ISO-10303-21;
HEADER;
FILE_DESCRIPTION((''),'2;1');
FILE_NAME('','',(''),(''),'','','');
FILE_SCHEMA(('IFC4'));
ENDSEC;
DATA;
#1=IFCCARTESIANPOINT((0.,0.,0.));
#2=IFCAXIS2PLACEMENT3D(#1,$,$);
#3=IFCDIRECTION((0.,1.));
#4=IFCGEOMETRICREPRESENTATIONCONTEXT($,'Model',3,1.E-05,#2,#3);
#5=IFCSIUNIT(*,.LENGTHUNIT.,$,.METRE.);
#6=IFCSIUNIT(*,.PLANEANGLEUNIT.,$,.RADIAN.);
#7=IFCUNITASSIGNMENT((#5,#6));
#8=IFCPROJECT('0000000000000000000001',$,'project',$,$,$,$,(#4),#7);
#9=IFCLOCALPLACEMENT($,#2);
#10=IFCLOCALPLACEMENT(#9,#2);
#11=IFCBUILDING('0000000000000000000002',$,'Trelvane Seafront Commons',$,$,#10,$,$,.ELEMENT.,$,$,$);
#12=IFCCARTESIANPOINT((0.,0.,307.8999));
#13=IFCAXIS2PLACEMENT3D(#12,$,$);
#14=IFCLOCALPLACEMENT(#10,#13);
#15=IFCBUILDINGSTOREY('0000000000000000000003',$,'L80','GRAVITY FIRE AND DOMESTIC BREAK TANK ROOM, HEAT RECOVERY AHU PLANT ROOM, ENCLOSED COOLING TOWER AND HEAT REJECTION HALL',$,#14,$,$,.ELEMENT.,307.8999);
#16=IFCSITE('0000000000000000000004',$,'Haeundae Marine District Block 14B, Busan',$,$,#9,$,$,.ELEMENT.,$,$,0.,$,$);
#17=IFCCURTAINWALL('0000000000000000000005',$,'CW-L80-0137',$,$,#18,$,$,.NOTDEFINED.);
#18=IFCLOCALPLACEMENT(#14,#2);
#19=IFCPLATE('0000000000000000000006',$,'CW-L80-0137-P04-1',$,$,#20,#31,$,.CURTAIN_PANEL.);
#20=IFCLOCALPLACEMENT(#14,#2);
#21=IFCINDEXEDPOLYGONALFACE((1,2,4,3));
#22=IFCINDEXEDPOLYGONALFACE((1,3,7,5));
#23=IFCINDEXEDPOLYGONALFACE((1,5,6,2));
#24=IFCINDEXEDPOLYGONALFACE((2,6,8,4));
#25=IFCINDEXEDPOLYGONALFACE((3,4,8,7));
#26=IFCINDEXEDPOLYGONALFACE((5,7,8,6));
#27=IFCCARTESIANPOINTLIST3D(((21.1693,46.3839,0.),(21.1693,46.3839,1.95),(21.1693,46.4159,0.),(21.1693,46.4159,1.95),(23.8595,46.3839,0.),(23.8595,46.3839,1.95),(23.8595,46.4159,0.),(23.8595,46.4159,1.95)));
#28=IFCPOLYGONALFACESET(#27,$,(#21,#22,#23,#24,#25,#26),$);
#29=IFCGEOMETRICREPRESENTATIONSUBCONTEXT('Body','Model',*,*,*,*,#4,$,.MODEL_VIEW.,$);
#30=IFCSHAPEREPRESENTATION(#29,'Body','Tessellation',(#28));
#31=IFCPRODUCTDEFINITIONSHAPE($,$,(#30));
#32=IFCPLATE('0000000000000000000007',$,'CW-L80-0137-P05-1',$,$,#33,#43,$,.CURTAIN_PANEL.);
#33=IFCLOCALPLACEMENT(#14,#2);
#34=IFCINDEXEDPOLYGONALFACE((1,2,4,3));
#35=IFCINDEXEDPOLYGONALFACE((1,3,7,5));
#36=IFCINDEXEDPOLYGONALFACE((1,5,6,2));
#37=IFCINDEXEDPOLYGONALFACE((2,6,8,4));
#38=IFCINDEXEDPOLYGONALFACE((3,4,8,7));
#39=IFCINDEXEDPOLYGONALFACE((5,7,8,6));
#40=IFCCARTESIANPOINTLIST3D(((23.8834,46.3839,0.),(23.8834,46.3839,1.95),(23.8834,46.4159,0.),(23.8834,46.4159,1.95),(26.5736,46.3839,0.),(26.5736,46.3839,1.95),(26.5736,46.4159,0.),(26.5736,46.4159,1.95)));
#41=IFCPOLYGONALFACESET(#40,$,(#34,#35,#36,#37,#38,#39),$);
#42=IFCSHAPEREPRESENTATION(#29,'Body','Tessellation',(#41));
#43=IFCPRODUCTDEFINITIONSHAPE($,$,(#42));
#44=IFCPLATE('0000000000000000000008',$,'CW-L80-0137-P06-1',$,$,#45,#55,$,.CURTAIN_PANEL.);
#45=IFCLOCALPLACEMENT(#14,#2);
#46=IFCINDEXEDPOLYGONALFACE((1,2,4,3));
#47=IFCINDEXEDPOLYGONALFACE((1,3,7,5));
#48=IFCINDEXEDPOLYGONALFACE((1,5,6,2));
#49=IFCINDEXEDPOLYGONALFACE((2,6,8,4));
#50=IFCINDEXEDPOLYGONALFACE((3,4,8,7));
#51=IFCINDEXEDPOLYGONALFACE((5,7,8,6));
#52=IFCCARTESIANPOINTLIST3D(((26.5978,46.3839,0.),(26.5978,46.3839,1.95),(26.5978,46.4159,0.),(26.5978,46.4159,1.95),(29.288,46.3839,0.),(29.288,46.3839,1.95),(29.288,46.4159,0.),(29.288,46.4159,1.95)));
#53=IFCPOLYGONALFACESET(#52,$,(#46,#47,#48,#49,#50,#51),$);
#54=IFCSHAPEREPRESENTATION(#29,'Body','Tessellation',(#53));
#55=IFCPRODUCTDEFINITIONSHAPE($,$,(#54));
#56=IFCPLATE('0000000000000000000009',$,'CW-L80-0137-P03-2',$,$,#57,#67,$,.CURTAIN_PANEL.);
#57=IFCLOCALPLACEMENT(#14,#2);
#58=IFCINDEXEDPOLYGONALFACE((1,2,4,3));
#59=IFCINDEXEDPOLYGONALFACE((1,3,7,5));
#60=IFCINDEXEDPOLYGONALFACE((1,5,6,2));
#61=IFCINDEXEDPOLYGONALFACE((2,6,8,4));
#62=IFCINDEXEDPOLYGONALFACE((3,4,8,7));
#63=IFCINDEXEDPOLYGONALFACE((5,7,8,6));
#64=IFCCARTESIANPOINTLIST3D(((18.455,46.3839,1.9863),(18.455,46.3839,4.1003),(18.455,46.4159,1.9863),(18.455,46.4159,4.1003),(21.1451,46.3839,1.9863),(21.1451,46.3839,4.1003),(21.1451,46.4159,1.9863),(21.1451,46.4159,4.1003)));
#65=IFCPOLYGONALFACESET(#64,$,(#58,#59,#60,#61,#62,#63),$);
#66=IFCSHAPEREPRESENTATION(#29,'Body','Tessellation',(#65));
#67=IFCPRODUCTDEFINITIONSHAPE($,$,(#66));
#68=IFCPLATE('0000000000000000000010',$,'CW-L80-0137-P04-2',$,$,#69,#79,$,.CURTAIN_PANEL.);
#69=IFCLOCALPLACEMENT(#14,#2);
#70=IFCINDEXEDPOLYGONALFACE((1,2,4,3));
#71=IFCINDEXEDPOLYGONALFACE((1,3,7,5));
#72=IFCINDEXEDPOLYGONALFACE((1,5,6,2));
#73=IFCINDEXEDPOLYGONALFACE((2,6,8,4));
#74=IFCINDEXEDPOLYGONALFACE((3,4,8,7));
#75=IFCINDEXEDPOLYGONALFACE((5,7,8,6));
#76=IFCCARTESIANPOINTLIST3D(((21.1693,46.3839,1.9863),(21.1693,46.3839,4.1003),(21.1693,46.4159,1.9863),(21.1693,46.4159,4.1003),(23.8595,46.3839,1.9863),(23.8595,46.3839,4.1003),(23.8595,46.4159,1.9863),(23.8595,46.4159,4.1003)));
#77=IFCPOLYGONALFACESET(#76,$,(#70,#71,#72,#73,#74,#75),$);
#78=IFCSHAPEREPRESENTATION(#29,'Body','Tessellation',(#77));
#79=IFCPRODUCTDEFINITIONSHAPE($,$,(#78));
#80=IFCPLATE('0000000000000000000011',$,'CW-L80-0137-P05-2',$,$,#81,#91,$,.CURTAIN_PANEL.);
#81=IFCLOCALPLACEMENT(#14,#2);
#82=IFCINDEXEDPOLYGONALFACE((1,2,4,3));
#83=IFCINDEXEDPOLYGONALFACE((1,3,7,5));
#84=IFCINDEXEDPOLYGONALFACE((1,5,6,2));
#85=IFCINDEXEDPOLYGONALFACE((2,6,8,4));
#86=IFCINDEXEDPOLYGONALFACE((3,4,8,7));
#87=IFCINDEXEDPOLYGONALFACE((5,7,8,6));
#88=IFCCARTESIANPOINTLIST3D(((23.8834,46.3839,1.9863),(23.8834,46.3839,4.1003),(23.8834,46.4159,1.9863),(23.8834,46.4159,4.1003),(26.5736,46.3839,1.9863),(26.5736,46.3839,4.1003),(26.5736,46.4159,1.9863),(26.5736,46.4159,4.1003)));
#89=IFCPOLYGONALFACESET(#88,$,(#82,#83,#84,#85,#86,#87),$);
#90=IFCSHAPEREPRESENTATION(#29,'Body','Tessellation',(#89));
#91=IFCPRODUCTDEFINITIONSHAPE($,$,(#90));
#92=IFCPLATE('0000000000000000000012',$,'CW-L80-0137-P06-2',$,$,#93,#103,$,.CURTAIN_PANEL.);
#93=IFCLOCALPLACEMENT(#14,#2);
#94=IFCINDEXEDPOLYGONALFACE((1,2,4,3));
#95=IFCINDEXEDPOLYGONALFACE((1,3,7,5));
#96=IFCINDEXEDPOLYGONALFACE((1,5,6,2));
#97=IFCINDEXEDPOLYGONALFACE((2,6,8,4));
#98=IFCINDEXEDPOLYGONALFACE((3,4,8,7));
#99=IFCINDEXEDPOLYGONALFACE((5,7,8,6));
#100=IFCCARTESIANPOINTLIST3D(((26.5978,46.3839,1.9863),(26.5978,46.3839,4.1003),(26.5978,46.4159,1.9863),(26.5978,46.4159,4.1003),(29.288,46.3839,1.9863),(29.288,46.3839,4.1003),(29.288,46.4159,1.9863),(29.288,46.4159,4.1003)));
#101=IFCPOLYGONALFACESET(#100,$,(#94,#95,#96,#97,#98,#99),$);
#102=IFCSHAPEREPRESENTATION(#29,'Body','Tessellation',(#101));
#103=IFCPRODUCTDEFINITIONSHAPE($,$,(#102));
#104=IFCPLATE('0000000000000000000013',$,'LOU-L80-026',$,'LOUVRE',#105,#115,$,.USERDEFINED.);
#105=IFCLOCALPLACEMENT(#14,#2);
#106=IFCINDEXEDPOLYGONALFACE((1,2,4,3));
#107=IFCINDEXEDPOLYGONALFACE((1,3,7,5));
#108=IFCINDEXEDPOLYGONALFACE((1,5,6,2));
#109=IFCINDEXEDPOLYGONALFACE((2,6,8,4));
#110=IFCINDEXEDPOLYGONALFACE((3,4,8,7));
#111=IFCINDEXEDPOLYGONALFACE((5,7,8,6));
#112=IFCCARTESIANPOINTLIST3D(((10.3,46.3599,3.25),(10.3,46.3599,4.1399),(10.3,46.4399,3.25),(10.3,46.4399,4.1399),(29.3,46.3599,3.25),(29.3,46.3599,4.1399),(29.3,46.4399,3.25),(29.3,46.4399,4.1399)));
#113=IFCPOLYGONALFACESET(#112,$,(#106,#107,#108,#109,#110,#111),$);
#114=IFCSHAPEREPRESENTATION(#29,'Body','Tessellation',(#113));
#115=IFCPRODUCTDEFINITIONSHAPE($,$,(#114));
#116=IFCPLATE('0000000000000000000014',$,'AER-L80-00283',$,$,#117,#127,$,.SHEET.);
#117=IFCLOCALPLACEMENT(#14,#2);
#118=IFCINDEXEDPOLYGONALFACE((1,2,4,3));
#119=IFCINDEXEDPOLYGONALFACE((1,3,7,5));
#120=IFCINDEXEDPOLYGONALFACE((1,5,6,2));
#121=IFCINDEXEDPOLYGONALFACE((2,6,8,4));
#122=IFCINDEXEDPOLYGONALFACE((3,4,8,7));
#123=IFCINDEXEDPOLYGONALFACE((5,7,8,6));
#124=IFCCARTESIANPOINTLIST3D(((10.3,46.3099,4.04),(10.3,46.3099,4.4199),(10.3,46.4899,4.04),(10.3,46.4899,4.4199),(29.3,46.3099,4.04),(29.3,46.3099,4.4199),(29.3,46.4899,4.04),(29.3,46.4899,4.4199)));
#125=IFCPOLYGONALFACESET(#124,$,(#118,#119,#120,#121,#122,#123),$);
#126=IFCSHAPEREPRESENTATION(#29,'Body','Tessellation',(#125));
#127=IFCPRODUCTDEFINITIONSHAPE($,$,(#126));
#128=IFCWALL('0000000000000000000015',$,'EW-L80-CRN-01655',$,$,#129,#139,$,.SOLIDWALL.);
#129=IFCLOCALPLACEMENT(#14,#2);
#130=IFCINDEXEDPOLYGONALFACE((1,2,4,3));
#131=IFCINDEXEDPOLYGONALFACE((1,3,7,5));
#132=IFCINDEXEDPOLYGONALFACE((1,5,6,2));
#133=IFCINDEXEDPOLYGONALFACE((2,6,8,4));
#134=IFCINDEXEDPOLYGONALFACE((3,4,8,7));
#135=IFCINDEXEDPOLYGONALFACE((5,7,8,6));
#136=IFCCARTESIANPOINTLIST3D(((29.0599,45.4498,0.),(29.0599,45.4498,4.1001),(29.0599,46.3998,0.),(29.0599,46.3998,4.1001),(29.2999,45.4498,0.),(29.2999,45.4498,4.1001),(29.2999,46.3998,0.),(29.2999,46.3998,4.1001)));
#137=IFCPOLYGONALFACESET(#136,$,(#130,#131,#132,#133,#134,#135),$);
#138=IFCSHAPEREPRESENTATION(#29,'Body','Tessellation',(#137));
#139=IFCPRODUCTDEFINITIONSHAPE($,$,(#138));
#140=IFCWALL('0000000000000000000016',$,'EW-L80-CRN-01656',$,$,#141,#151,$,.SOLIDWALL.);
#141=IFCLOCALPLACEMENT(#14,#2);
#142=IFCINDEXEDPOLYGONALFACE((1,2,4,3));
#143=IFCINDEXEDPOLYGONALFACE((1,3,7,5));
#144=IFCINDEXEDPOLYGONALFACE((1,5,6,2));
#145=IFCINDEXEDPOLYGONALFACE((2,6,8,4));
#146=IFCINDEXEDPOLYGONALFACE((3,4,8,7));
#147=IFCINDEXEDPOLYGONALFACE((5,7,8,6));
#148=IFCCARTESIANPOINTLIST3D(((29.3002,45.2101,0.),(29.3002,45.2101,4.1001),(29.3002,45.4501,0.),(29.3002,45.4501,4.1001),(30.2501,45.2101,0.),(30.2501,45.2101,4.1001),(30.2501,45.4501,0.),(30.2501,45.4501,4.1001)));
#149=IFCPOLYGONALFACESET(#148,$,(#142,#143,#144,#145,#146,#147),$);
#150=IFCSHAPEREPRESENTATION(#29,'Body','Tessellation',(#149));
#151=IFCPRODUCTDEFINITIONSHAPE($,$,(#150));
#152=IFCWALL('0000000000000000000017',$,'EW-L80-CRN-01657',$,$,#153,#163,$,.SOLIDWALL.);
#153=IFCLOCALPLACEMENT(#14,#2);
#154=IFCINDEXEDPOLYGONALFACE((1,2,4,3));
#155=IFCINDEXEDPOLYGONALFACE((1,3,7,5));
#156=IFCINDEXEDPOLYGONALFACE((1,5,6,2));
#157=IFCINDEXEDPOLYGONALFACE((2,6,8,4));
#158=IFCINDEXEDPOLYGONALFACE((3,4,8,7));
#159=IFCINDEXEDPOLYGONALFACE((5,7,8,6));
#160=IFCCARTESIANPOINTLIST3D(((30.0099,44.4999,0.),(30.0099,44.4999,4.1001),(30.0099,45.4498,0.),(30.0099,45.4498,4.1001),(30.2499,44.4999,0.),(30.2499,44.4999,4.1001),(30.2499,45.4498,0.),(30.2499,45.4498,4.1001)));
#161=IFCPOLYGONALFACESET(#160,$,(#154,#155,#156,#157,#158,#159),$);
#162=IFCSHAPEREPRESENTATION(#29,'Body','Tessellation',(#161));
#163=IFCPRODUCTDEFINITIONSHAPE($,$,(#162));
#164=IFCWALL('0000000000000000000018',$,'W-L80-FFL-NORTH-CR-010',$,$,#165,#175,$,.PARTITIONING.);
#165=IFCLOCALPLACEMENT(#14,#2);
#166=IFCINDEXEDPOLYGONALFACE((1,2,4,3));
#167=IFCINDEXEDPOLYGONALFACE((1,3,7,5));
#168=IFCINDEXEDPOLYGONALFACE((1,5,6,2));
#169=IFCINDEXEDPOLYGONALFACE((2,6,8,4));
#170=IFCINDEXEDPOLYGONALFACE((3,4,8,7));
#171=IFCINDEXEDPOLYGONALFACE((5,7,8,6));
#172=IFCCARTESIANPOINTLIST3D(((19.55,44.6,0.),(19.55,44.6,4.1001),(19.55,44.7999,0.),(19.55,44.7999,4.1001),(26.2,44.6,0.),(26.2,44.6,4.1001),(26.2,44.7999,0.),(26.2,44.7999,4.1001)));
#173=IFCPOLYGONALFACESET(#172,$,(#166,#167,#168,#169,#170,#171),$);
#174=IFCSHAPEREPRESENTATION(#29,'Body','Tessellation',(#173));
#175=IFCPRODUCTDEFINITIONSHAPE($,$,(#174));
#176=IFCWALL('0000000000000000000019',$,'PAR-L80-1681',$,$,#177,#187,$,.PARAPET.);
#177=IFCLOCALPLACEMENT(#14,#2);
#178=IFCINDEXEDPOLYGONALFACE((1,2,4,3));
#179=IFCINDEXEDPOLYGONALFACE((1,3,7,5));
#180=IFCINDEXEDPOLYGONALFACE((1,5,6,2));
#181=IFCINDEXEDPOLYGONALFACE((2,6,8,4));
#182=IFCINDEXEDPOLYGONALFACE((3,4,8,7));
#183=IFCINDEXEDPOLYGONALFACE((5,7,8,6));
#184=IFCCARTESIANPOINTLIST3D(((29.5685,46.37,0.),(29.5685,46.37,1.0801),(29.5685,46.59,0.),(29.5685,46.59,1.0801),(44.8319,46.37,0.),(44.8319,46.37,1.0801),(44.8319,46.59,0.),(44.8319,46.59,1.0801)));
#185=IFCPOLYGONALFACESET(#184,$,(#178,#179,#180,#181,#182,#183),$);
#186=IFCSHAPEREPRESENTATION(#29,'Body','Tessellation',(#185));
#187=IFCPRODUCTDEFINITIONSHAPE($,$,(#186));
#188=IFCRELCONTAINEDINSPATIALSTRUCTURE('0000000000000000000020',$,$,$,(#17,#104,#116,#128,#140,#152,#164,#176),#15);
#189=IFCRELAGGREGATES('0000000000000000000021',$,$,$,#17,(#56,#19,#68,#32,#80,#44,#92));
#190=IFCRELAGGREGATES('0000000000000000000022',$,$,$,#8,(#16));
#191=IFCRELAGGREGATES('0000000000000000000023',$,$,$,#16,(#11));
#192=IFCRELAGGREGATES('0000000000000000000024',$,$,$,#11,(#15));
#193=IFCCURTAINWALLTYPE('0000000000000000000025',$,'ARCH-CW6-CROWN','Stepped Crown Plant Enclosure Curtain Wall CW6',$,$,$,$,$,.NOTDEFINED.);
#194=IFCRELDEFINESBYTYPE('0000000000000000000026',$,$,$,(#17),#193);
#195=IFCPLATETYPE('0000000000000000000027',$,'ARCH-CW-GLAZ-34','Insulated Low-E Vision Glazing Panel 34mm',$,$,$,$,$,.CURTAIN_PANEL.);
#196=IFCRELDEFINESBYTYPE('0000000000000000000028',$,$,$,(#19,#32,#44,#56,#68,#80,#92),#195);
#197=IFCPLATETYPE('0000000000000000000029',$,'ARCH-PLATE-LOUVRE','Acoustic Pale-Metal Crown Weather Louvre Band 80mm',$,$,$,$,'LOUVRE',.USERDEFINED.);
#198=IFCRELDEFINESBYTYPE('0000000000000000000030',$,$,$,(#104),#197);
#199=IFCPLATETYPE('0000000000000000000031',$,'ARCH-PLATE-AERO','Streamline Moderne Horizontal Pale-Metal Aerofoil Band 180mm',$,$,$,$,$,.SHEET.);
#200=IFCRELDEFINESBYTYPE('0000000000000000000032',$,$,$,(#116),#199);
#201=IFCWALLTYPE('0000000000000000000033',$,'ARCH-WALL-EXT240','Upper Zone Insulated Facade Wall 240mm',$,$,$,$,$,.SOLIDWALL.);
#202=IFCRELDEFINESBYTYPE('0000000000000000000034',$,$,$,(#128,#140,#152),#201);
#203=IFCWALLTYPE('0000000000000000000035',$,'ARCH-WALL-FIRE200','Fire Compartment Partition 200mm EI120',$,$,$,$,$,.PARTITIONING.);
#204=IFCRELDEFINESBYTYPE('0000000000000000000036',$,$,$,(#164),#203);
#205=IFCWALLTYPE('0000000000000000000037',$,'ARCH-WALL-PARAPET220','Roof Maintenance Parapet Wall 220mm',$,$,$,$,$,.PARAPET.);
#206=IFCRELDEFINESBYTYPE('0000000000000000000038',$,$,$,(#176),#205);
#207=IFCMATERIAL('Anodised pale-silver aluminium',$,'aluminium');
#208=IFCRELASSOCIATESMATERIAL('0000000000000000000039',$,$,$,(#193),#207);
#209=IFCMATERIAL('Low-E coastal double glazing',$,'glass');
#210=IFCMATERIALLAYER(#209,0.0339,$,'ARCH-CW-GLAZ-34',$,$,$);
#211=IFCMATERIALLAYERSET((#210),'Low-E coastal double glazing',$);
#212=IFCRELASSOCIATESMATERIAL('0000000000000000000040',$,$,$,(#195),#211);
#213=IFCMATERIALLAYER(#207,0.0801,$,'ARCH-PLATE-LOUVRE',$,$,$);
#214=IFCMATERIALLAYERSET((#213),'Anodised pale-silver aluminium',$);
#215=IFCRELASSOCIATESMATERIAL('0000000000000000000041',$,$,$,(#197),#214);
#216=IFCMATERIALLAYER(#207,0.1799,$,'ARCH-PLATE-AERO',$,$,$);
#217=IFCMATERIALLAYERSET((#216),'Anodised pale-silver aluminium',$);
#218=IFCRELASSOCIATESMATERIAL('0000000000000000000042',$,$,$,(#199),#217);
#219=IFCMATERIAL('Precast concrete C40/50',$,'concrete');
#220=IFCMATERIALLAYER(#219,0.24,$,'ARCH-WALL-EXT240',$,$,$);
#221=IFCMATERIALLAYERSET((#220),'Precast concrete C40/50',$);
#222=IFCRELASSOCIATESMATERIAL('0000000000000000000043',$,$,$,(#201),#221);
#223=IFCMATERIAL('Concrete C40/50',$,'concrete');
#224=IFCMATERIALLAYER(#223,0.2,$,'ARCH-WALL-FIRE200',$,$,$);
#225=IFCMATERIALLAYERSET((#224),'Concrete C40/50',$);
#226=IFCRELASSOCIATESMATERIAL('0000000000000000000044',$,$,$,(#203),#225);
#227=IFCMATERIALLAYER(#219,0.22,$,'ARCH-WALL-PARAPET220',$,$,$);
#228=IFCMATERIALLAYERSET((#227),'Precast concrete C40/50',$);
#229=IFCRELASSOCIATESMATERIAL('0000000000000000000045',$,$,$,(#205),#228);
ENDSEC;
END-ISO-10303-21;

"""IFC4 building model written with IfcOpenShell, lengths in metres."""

from ifc_helpers import new_model, si_unit, direction, frame, frame_2d, origin, origin_2d, place, context, subcontext, project, spatial, rectangle, extrude, source, transform, mapped, material, layer, layer_set, type_object, element, aggregate, save


model = new_model("IFC4")

# Units and contexts
model_context = context("Model", 3, precision=1e-05, world=origin(), true_north=direction((0.0, 1.0)))
body_context = subcontext(model_context, "Body", "Model", "MODEL_VIEW")
ifc_project = project(units=[si_unit("LENGTHUNIT", "METRE"), si_unit("PLANEANGLEUNIT", "RADIAN")], contexts=[model_context])

# Site, building, storey
site_placement = place(None, origin())
site = spatial("IfcSite", under=ifc_project, at=site_placement, Name="Haeundae Marine District Block 14B, Busan", CompositionType="ELEMENT", RefElevation=0.0)
building_placement = place(site_placement, origin())
building = spatial("IfcBuilding", under=site, at=building_placement, Name="Trelvane Seafront Commons", CompositionType="ELEMENT")
storey_placement = place(building_placement, frame((0.0, 0.0, 307.8999)))
storey = spatial("IfcBuildingStorey", under=building, at=storey_placement, Name="L80", Description="GRAVITY FIRE AND DOMESTIC BREAK TANK ROOM, HEAT RECOVERY AHU PLANT ROOM, ENCLOSED COOLING TOWER AND HEAT REJECTION HALL", CompositionType="ELEMENT", Elevation=307.8999)

# Curtain wall, plates
ifc_material_1 = material(Name="Anodised pale-silver aluminium", Category="aluminium")
curtain_wall_type = type_object("IfcCurtainWallType", Name="ARCH-CW6-CROWN", Description="Stepped Crown Plant Enclosure Curtain Wall CW6", PredefinedType="NOTDEFINED", material=ifc_material_1)
curtain_wall_placement = place(storey_placement, origin())
curtain_wall = element("IfcCurtainWall", 1, at=curtain_wall_placement, inside=storey, type_object=curtain_wall_type, Name="CW-L80-0137", PredefinedType="NOTDEFINED")
ifc_material_2 = material(Name="Low-E coastal double glazing", Category="glass")
ifc_layer_1 = layer(ifc_material_2, 0.0339, Name="ARCH-CW-GLAZ-34")
ifc_layer_set_1 = layer_set([ifc_layer_1], Name="Low-E coastal double glazing")
plate_type_1 = type_object("IfcPlateType", Name="ARCH-CW-GLAZ-34", Description="Insulated Low-E Vision Glazing Panel 34mm", PredefinedType="CURTAIN_PANEL", material=ifc_layer_set_1)
shared_shape_1 = source(origin(), body_context, "Body", "SweptSolid", [
    extrude(rectangle(XDim=2.6902, YDim=0.032, at=origin_2d()), origin(), (0.0, 0.0, 1.0), 1.95),
])
plate_1_placement = place(storey_placement, frame((22.5144, 46.3999, 0.0), z_axis=(0.0, 0.0, 1.0), x_axis=(1.0, 0.0, 0.0)))
plate_1 = element("IfcPlate", 2, at=plate_1_placement, type_object=plate_type_1, Name="CW-L80-0137-P04-1", PredefinedType="CURTAIN_PANEL", context=body_context, shape_type="MappedRepresentation", body=[
    mapped(shared_shape_1, transform((0.0, 0.0, 0.0), x_axis=(1.0, 0.0, 0.0), y_axis=(0.0, 1.0, 0.0), z_axis=(0.0, 0.0, 1.0), scale=1.0)),
])
plate_2_placement = place(storey_placement, frame((25.2285, 46.3999, 0.0), z_axis=(0.0, 0.0, 1.0), x_axis=(1.0, 0.0, 0.0)))
plate_2 = element("IfcPlate", 3, at=plate_2_placement, type_object=plate_type_1, Name="CW-L80-0137-P05-1", PredefinedType="CURTAIN_PANEL", context=body_context, shape_type="MappedRepresentation", body=[
    mapped(shared_shape_1, transform((0.0, 0.0, 0.0), x_axis=(1.0, 0.0, 0.0), y_axis=(0.0, 1.0, 0.0), z_axis=(0.0, 0.0, 1.0), scale=1.0)),
])
plate_3_placement = place(storey_placement, frame((27.9429, 46.3999, 0.0), z_axis=(0.0, 0.0, 1.0), x_axis=(1.0, 0.0, 0.0)))
plate_3 = element("IfcPlate", 4, at=plate_3_placement, type_object=plate_type_1, Name="CW-L80-0137-P06-1", PredefinedType="CURTAIN_PANEL", context=body_context, shape_type="MappedRepresentation", body=[
    mapped(shared_shape_1, transform((0.0, 0.0, 0.0), x_axis=(1.0, 0.0, 0.0), y_axis=(0.0, 1.0, 0.0), z_axis=(0.0, 0.0, 1.0), scale=1.0)),
])
shared_shape_2 = source(origin(), body_context, "Body", "SweptSolid", [
    extrude(rectangle(XDim=2.6902, YDim=0.032, at=origin_2d()), origin(), (0.0, 0.0, 1.0), 2.114),
])
plate_4_placement = place(storey_placement, frame((19.8, 46.3999, 1.9863), z_axis=(0.0, 0.0, 1.0), x_axis=(1.0, 0.0, 0.0)))
plate_4 = element("IfcPlate", 5, at=plate_4_placement, type_object=plate_type_1, Name="CW-L80-0137-P03-2", PredefinedType="CURTAIN_PANEL", context=body_context, shape_type="MappedRepresentation", body=[
    mapped(shared_shape_2, transform((0.0, 0.0, 0.0), x_axis=(1.0, 0.0, 0.0), y_axis=(0.0, 1.0, 0.0), z_axis=(0.0, 0.0, 1.0), scale=1.0)),
])
plate_5_placement = place(storey_placement, frame((22.5144, 46.3999, 1.9863), z_axis=(0.0, 0.0, 1.0), x_axis=(1.0, 0.0, 0.0)))
plate_5 = element("IfcPlate", 6, at=plate_5_placement, type_object=plate_type_1, Name="CW-L80-0137-P04-2", PredefinedType="CURTAIN_PANEL", context=body_context, shape_type="MappedRepresentation", body=[
    mapped(shared_shape_2, transform((0.0, 0.0, 0.0), x_axis=(1.0, 0.0, 0.0), y_axis=(0.0, 1.0, 0.0), z_axis=(0.0, 0.0, 1.0), scale=1.0)),
])
plate_6_placement = place(storey_placement, frame((25.2285, 46.3999, 1.9863), z_axis=(0.0, 0.0, 1.0), x_axis=(1.0, 0.0, 0.0)))
plate_6 = element("IfcPlate", 7, at=plate_6_placement, type_object=plate_type_1, Name="CW-L80-0137-P05-2", PredefinedType="CURTAIN_PANEL", context=body_context, shape_type="MappedRepresentation", body=[
    mapped(shared_shape_2, transform((0.0, 0.0, 0.0), x_axis=(1.0, 0.0, 0.0), y_axis=(0.0, 1.0, 0.0), z_axis=(0.0, 0.0, 1.0), scale=1.0)),
])
plate_7_placement = place(storey_placement, frame((27.9429, 46.3999, 1.9863), z_axis=(0.0, 0.0, 1.0), x_axis=(1.0, 0.0, 0.0)))
plate_7 = element("IfcPlate", 8, at=plate_7_placement, type_object=plate_type_1, Name="CW-L80-0137-P06-2", PredefinedType="CURTAIN_PANEL", context=body_context, shape_type="MappedRepresentation", body=[
    mapped(shared_shape_2, transform((0.0, 0.0, 0.0), x_axis=(1.0, 0.0, 0.0), y_axis=(0.0, 1.0, 0.0), z_axis=(0.0, 0.0, 1.0), scale=1.0)),
])
aggregate(curtain_wall, [plate_4, plate_1, plate_5, plate_2, plate_6, plate_3, plate_7])

# Plates
ifc_layer_2 = layer(ifc_material_1, 0.0801, Name="ARCH-PLATE-LOUVRE")
ifc_layer_set_2 = layer_set([ifc_layer_2], Name="Anodised pale-silver aluminium")
plate_type_2 = type_object("IfcPlateType", Name="ARCH-PLATE-LOUVRE", Description="Acoustic Pale-Metal Crown Weather Louvre Band 80mm", ElementType="LOUVRE", PredefinedType="USERDEFINED", material=ifc_layer_set_2)
shared_shape_3 = source(origin(), body_context, "Body", "SweptSolid", [
    extrude(rectangle(XDim=19.0, YDim=0.0801, at=origin_2d()), origin(), (0.0, 0.0, 1.0), 0.8899),
])
plate_8_placement = place(storey_placement, frame((19.8, 46.3999, 3.25), z_axis=(0.0, 0.0, 1.0), x_axis=(1.0, 0.0, 0.0)))
element("IfcPlate", 9, at=plate_8_placement, inside=storey, type_object=plate_type_2, Name="LOU-L80-026", ObjectType="LOUVRE", PredefinedType="USERDEFINED", context=body_context, shape_type="MappedRepresentation", body=[
    mapped(shared_shape_3, transform((0.0, 0.0, 0.0), x_axis=(1.0, 0.0, 0.0), y_axis=(0.0, 1.0, 0.0), z_axis=(0.0, 0.0, 1.0), scale=1.0)),
])
ifc_layer_3 = layer(ifc_material_1, 0.1799, Name="ARCH-PLATE-AERO")
ifc_layer_set_3 = layer_set([ifc_layer_3], Name="Anodised pale-silver aluminium")
plate_type_3 = type_object("IfcPlateType", Name="ARCH-PLATE-AERO", Description="Streamline Moderne Horizontal Pale-Metal Aerofoil Band 180mm", PredefinedType="SHEET", material=ifc_layer_set_3)
shared_shape_4 = source(origin(), body_context, "Body", "SweptSolid", [
    extrude(rectangle(XDim=19.0, YDim=0.1799, at=origin_2d()), origin(), (0.0, 0.0, 1.0), 0.3799),
])
plate_9_placement = place(storey_placement, frame((19.8, 46.3999, 4.04), z_axis=(0.0, 0.0, 1.0), x_axis=(1.0, 0.0, 0.0)))
element("IfcPlate", 10, at=plate_9_placement, inside=storey, type_object=plate_type_3, Name="AER-L80-00283", PredefinedType="SHEET", context=body_context, shape_type="MappedRepresentation", body=[
    mapped(shared_shape_4, transform((0.0, 0.0, 0.0), x_axis=(1.0, 0.0, 0.0), y_axis=(0.0, 1.0, 0.0), z_axis=(0.0, 0.0, 1.0), scale=1.0)),
])

# Walls
ifc_material_3 = material(Name="Precast concrete C40/50", Category="concrete")
ifc_layer_4 = layer(ifc_material_3, 0.24, Name="ARCH-WALL-EXT240")
ifc_layer_set_4 = layer_set([ifc_layer_4], Name="Precast concrete C40/50")
wall_type_1 = type_object("IfcWallType", Name="ARCH-WALL-EXT240", Description="Upper Zone Insulated Facade Wall 240mm", PredefinedType="SOLIDWALL", material=ifc_layer_set_4)
for number, where, z_axis, x_axis, name in (
    (11, (29.1799, 46.3999, 0.0), (0.0, 0.0, 1.0), (0.0, -1.0, 0.0), "EW-L80-CRN-01655"),
    (12, (29.3, 45.3301, 0.0), (0.0, 0.0, 1.0), (1.0, 0.0, 0.0), "EW-L80-CRN-01656"),
    (13, (30.1299, 45.45, 0.0), (0.0, 0.0, 1.0), (0.0, -1.0, 0.0), "EW-L80-CRN-01657"),
):
    element("IfcWall", number, at=place(storey_placement, frame(where, z_axis=z_axis, x_axis=x_axis)), inside=storey, type_object=wall_type_1, Name=name, PredefinedType="SOLIDWALL", context=body_context, shape_type="SweptSolid", body=[
        extrude(rectangle(XDim=0.95, YDim=0.24, at=frame_2d((0.4751, 0.0))), origin(), (0.0, 0.0, 1.0), 4.1001),
    ])
ifc_material_4 = material(Name="Concrete C40/50", Category="concrete")
ifc_layer_5 = layer(ifc_material_4, 0.2, Name="ARCH-WALL-FIRE200")
ifc_layer_set_5 = layer_set([ifc_layer_5], Name="Concrete C40/50")
wall_type_2 = type_object("IfcWallType", Name="ARCH-WALL-FIRE200", Description="Fire Compartment Partition 200mm EI120", PredefinedType="PARTITIONING", material=ifc_layer_set_5)
wall_1_placement = place(storey_placement, frame((19.55, 44.7, 0.0), z_axis=(0.0, 0.0, 1.0), x_axis=(1.0, 0.0, 0.0)))
element("IfcWall", 14, at=wall_1_placement, inside=storey, type_object=wall_type_2, Name="W-L80-FFL-NORTH-CR-010", PredefinedType="PARTITIONING", context=body_context, shape_type="SweptSolid", body=[
    extrude(rectangle(XDim=6.6499, YDim=0.2, at=frame_2d((3.325, 0.0))), origin(), (0.0, 0.0, 1.0), 4.1001),
])
ifc_layer_6 = layer(ifc_material_3, 0.22, Name="ARCH-WALL-PARAPET220")
ifc_layer_set_6 = layer_set([ifc_layer_6], Name="Precast concrete C40/50")
wall_type_3 = type_object("IfcWallType", Name="ARCH-WALL-PARAPET220", Description="Roof Maintenance Parapet Wall 220mm", PredefinedType="PARAPET", material=ifc_layer_set_6)
wall_2_placement = place(storey_placement, frame((29.5684, 46.48, 0.0), z_axis=(0.0, 0.0, 1.0), x_axis=(1.0, 0.0, 0.0)))
element("IfcWall", 15, at=wall_2_placement, inside=storey, type_object=wall_type_3, Name="PAR-L80-1681", PredefinedType="PARAPET", context=body_context, shape_type="SweptSolid", body=[
    extrude(rectangle(XDim=15.2634, YDim=0.22, at=frame_2d((7.6318, 0.0))), origin(), (0.0, 0.0, 1.0), 1.0801),
])

save(model, "model.ifc")
